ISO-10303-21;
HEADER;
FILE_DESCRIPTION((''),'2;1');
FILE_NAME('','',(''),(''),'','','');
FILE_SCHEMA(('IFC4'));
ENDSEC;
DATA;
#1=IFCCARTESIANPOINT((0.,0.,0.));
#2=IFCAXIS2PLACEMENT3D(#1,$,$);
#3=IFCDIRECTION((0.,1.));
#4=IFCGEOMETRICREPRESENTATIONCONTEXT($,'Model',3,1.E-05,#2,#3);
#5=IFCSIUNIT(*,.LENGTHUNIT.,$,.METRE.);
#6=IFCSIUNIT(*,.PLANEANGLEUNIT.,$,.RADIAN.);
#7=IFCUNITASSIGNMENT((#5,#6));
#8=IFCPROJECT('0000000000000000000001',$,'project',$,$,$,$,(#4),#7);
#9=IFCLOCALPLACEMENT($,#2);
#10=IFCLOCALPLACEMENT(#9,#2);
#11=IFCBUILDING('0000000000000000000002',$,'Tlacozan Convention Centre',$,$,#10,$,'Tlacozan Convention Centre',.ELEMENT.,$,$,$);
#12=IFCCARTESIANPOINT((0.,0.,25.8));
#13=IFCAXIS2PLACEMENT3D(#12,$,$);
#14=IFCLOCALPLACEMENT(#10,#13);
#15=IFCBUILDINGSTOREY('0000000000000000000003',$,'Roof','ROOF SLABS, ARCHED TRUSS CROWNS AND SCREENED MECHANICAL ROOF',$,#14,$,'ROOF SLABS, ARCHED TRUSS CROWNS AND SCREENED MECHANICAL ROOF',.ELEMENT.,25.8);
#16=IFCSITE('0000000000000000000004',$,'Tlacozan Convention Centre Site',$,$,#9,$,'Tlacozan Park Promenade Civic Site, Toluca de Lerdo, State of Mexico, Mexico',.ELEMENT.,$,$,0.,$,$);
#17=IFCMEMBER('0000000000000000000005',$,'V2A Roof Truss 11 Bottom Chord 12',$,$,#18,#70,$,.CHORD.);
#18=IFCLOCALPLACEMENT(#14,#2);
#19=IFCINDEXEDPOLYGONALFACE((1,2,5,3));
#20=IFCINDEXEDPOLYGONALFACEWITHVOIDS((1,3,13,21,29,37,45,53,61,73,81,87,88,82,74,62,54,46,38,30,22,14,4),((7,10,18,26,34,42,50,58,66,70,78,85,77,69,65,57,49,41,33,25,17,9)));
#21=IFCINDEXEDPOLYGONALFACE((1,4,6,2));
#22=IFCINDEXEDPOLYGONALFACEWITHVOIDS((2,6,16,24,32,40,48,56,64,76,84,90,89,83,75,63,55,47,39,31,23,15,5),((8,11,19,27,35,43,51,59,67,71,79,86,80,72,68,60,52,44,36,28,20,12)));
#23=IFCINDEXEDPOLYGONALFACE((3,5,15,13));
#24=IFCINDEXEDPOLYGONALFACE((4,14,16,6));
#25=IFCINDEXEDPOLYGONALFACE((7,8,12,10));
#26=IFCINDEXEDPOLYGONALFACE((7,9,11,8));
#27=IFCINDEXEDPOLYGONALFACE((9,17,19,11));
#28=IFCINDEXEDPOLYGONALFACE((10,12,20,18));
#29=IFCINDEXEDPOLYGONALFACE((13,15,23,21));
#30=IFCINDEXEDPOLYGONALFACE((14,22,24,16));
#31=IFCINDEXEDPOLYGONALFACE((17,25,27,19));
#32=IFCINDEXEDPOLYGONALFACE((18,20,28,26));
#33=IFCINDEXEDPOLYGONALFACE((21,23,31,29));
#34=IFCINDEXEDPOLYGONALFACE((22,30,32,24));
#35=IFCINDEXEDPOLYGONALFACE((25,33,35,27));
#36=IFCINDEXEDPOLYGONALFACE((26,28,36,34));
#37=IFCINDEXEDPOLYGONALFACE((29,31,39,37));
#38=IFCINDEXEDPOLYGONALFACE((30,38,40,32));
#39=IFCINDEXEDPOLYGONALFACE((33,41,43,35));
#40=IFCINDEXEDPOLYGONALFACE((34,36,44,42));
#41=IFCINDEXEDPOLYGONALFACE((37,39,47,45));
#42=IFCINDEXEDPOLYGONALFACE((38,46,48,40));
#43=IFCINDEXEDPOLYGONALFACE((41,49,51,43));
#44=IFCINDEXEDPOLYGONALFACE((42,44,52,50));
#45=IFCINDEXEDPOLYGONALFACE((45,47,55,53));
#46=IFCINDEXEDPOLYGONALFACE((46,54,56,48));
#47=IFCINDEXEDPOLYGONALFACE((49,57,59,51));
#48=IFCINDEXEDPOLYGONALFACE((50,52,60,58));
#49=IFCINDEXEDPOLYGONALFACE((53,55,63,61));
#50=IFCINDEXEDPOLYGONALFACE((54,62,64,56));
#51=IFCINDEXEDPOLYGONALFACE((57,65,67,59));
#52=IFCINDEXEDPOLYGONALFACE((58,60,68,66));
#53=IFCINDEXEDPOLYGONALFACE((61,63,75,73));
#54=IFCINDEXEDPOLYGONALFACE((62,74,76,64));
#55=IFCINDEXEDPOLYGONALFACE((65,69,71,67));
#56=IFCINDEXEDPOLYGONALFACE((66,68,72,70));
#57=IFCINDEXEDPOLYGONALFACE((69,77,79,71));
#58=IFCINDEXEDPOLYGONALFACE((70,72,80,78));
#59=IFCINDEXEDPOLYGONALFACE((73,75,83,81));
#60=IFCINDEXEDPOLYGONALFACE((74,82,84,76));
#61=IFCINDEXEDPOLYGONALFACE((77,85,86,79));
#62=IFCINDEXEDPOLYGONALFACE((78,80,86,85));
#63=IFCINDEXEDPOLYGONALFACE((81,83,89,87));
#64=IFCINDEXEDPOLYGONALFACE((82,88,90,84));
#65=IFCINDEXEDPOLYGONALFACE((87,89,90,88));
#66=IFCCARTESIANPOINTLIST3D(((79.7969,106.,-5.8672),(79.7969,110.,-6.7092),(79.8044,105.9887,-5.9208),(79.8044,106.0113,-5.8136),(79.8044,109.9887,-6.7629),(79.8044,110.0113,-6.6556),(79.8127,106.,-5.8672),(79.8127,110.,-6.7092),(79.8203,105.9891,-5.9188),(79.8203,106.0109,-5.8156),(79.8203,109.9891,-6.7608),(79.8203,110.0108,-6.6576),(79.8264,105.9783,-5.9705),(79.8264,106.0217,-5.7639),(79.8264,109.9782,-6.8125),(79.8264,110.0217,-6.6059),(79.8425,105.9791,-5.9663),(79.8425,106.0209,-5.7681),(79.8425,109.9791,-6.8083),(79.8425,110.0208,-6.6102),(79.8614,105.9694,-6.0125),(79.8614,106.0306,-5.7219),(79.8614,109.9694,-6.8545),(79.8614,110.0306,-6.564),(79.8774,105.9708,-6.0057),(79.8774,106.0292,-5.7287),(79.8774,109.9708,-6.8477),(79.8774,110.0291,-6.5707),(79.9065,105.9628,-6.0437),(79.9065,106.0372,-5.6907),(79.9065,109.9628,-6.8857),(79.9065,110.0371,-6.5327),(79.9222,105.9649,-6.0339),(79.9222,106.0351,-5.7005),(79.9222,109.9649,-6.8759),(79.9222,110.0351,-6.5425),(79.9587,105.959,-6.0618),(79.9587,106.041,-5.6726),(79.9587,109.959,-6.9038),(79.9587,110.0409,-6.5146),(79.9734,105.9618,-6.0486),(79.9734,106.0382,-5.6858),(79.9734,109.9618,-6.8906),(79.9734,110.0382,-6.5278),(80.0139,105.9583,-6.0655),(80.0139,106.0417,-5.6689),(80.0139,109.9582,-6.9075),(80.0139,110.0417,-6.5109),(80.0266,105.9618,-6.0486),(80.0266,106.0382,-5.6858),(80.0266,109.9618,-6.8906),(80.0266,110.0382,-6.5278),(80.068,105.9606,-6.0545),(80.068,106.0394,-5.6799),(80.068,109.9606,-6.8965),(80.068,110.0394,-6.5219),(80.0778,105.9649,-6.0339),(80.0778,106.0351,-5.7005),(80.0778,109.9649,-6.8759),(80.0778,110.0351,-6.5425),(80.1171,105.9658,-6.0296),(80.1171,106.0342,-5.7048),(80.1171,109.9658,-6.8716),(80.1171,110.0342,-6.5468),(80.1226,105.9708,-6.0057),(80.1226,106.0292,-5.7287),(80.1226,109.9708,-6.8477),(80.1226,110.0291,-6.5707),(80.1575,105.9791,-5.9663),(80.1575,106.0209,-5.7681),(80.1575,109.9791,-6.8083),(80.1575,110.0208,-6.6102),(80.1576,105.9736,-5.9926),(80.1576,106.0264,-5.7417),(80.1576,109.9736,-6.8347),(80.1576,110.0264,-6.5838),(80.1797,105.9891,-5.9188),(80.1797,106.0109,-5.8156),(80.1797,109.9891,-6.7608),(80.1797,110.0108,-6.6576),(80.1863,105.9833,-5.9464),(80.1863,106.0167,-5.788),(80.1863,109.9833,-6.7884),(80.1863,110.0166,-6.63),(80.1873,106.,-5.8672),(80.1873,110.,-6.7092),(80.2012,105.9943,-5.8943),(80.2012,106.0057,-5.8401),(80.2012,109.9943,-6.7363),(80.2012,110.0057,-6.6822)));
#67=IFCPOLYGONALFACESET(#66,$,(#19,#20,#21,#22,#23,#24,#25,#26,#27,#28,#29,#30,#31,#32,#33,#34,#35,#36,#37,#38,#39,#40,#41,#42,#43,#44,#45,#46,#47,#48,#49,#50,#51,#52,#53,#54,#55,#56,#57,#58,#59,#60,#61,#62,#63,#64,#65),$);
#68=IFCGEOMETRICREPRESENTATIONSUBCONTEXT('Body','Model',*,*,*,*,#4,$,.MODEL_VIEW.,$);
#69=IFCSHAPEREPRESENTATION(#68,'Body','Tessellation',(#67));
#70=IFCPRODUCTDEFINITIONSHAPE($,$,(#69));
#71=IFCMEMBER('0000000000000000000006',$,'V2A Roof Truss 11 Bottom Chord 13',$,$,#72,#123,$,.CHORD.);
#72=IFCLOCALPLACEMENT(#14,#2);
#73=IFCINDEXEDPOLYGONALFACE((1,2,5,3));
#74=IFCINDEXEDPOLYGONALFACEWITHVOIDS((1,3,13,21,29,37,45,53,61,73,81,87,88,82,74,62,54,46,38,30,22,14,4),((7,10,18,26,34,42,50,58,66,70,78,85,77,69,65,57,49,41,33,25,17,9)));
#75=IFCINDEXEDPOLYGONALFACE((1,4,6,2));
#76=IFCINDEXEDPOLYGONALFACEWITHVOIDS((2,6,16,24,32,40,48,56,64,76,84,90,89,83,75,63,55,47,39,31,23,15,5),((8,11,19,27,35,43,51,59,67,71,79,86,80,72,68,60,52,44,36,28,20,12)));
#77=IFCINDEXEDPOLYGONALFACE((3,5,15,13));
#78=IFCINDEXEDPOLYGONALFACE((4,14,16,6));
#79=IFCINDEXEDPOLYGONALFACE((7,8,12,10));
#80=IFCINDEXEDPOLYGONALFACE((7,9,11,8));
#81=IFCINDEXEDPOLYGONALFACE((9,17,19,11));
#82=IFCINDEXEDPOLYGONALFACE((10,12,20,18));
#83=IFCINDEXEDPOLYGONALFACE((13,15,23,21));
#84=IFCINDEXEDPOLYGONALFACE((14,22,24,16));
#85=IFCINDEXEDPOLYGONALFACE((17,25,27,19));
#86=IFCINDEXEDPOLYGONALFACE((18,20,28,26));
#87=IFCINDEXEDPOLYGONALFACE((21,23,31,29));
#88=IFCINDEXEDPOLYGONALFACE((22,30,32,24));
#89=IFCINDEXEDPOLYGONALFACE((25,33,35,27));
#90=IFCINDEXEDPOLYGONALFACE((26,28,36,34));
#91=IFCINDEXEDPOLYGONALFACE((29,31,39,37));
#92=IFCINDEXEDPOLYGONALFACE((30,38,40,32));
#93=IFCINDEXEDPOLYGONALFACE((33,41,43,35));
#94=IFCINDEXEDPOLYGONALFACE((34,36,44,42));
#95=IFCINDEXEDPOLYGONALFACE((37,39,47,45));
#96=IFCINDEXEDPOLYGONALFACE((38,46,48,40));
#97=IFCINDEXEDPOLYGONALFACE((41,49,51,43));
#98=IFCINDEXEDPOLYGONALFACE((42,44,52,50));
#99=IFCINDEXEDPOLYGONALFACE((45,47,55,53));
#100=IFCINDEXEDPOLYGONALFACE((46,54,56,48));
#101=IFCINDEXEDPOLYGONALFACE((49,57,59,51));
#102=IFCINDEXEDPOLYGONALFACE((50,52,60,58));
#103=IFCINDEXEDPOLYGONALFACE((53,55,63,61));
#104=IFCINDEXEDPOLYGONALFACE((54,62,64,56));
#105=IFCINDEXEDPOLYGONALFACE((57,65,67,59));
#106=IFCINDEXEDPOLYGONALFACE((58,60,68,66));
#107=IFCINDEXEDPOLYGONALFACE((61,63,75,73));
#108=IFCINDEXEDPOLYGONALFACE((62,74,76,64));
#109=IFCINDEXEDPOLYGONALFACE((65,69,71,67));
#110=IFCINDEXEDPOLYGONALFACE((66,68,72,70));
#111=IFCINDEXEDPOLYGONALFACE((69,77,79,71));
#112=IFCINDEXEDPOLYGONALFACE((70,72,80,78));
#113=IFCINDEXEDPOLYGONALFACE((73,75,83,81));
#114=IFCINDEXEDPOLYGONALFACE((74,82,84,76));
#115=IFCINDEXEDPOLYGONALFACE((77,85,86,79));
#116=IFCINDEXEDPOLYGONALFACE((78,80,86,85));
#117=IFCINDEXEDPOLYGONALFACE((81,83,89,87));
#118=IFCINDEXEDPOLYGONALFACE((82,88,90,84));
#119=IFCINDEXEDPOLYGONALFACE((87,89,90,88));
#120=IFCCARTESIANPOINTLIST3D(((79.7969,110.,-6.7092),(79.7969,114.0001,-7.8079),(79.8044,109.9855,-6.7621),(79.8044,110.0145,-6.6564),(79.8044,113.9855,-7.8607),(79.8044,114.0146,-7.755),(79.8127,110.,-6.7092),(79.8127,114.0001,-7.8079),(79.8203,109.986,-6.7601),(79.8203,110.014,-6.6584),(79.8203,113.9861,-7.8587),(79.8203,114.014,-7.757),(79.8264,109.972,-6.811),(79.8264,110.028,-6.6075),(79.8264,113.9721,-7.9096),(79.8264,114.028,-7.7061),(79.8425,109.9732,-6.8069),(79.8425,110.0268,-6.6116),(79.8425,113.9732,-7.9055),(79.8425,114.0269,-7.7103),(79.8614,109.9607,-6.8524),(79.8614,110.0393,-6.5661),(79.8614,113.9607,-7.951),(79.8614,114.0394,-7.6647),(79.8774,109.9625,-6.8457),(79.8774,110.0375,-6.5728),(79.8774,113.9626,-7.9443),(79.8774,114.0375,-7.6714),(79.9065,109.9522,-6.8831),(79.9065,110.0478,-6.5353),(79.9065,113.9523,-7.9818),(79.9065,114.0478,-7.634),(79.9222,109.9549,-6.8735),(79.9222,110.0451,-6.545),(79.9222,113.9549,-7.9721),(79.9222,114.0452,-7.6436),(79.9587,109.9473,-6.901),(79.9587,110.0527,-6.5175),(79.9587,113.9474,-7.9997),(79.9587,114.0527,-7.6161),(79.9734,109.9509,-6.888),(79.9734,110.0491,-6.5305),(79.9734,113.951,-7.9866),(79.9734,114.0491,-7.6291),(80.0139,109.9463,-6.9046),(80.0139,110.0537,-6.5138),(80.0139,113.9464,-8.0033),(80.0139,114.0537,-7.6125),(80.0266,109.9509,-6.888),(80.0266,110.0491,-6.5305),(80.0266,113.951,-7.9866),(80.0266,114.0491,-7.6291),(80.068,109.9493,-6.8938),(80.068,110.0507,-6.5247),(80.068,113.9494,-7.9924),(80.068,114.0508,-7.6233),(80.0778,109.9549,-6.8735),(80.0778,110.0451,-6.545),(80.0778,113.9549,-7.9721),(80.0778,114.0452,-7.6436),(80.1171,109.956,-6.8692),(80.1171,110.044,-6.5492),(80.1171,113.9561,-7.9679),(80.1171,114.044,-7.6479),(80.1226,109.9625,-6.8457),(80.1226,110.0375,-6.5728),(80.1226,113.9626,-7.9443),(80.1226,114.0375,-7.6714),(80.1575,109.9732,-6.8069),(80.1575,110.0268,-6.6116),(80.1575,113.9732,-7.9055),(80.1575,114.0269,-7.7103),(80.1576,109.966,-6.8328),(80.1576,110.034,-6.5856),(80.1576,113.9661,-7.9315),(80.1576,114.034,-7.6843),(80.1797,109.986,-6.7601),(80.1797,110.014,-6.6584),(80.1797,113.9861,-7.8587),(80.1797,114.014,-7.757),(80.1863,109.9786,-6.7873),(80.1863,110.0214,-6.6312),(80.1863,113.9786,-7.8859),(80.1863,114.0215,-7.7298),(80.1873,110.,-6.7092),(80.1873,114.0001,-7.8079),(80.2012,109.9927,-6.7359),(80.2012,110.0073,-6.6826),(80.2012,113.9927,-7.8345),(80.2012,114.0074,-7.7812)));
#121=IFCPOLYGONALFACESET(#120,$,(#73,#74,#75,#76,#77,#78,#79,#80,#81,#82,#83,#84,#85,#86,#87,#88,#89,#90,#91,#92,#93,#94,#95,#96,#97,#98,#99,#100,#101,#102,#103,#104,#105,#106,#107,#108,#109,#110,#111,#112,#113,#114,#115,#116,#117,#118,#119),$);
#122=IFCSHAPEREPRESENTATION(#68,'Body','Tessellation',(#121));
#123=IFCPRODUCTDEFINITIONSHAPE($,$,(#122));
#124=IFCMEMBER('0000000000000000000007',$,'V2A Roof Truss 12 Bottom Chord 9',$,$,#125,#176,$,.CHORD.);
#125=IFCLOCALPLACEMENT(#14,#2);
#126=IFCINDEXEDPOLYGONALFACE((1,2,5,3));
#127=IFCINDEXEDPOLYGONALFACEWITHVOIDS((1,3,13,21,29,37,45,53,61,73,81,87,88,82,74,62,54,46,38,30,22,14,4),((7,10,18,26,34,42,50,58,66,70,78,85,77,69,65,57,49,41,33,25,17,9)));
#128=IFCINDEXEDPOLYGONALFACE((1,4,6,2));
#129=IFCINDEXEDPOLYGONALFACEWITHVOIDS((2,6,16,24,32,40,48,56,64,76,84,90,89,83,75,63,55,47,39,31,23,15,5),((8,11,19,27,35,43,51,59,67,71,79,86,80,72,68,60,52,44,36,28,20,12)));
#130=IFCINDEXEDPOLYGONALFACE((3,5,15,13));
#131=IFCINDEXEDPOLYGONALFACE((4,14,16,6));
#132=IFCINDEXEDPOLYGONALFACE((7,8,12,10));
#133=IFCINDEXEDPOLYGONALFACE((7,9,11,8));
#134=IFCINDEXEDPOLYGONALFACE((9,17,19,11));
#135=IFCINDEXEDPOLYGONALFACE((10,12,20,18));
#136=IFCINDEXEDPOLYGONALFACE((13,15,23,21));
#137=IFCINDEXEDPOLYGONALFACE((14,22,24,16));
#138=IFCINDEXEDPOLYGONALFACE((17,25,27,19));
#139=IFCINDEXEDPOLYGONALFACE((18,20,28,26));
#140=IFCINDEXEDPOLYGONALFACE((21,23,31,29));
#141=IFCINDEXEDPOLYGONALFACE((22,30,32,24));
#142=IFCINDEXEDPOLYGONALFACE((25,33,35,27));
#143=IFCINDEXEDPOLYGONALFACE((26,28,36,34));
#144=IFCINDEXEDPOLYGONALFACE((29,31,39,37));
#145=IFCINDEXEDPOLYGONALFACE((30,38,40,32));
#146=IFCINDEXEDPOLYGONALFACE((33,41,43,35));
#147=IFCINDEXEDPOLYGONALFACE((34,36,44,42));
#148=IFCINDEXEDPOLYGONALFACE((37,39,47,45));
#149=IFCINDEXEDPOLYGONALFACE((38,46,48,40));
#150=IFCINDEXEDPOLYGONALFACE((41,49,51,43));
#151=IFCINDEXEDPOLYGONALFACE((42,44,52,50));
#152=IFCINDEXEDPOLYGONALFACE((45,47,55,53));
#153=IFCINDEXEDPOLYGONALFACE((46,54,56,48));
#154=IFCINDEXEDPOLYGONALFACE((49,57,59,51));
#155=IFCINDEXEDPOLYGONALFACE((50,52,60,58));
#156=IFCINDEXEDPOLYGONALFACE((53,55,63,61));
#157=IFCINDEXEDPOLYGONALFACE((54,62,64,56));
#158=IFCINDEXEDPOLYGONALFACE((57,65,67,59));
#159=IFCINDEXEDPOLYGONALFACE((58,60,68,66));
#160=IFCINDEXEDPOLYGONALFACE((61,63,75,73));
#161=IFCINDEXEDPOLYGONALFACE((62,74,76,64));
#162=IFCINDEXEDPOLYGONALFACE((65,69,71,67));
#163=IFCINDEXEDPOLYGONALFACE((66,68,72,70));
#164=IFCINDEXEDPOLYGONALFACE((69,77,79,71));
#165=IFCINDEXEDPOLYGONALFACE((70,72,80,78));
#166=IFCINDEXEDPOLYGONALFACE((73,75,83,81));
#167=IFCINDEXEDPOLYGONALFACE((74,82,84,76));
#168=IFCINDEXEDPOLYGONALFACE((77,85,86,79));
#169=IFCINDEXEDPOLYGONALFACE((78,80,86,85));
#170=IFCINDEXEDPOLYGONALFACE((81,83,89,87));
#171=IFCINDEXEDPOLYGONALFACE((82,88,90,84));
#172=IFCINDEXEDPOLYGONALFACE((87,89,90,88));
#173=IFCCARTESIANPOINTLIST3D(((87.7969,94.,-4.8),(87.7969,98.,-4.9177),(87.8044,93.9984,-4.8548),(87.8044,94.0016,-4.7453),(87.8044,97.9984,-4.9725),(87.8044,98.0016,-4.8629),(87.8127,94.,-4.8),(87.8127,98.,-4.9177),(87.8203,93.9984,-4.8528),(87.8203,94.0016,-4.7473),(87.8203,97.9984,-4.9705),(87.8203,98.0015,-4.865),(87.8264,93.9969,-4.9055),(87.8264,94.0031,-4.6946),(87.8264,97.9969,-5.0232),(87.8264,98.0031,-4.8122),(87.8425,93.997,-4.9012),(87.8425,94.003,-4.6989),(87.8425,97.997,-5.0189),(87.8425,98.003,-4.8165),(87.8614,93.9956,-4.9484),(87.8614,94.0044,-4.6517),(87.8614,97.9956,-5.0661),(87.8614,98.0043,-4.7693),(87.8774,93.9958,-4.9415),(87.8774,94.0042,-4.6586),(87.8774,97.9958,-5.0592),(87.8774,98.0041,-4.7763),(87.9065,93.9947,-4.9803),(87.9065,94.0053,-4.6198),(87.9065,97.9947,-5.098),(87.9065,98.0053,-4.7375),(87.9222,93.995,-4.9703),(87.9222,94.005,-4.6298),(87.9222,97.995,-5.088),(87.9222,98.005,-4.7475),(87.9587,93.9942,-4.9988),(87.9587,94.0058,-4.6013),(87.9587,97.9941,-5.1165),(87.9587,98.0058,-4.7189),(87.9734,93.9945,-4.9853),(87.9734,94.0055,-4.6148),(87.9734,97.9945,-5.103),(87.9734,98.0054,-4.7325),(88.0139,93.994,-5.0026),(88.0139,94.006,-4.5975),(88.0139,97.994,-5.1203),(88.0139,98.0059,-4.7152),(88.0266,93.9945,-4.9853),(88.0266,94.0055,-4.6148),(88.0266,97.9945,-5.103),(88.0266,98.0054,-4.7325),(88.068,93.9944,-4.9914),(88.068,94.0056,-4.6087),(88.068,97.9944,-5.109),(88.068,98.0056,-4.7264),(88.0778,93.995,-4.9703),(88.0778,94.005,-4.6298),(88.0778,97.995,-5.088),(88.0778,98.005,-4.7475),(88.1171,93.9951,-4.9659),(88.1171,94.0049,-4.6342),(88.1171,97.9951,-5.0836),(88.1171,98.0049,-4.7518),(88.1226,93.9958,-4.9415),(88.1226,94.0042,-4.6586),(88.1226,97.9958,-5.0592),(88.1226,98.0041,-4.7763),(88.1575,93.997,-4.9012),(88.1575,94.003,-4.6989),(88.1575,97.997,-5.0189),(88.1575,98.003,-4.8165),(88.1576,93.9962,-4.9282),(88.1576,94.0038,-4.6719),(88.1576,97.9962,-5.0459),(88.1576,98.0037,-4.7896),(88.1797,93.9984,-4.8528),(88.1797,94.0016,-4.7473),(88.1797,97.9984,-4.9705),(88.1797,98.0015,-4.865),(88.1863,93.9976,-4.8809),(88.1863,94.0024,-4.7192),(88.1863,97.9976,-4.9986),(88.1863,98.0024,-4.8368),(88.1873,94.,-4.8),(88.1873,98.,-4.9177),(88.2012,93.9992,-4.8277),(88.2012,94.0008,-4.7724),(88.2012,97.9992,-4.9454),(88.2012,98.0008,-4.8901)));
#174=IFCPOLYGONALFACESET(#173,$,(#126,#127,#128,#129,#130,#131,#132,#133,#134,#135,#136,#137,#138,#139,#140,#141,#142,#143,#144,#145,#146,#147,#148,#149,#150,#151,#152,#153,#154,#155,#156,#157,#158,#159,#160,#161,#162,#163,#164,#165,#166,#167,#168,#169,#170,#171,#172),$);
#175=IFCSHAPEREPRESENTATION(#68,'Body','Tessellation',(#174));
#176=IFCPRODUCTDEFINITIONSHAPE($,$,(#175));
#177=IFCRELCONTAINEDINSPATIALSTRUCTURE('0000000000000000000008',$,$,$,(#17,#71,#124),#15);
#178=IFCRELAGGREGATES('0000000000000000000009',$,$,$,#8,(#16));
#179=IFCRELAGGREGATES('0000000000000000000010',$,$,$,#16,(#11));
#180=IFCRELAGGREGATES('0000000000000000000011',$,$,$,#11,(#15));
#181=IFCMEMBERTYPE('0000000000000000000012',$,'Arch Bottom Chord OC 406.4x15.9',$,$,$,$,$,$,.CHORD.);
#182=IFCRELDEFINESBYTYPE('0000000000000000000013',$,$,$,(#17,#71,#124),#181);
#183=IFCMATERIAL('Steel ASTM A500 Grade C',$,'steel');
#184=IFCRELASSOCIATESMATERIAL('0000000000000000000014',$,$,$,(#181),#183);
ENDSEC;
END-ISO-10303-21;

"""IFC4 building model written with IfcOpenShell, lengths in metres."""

from ifc_helpers import new_model, si_unit, direction, frame, origin, origin_2d, place, context, subcontext, project, spatial, hollow_circle, extrude, material, material_profile, profile_set, type_object, element, save


model = new_model("IFC4")

# Units and contexts
model_context = context("Model", 3, precision=1e-05, world=origin(), true_north=direction((0.0, 1.0)))
body_context = subcontext(model_context, "Body", "Model", "MODEL_VIEW")
ifc_project = project(units=[si_unit("LENGTHUNIT", "METRE"), si_unit("PLANEANGLEUNIT", "RADIAN")], contexts=[model_context])

# Site, building, storey
site_placement = place(None, origin())
site = spatial("IfcSite", under=ifc_project, at=site_placement, Name="Tlacozan Convention Centre Site", LongName="Tlacozan Park Promenade Civic Site, Toluca de Lerdo, State of Mexico, Mexico", CompositionType="ELEMENT", RefElevation=0.0)
building_placement = place(site_placement, origin())
building = spatial("IfcBuilding", under=site, at=building_placement, Name="Tlacozan Convention Centre", LongName="Tlacozan Convention Centre", CompositionType="ELEMENT")
storey_placement = place(building_placement, frame((0.0, 0.0, 25.8)))
storey = spatial("IfcBuildingStorey", under=building, at=storey_placement, Name="Roof", Description="ROOF SLABS, ARCHED TRUSS CROWNS AND SCREENED MECHANICAL ROOF", LongName="ROOF SLABS, ARCHED TRUSS CROWNS AND SCREENED MECHANICAL ROOF", CompositionType="ELEMENT", Elevation=25.8)

# Members
ifc_material_1 = material(Name="Steel ASTM A500 Grade C", Category="steel")
ifc_material_profile_1 = material_profile(ifc_material_1, hollow_circle(Radius=0.2031, WallThickness=0.0159, at=origin_2d()), Name="OC 406.4x15.9")
ifc_profile_set_1 = profile_set([ifc_material_profile_1], Name="Steel ASTM A500 Grade C")
member_type_1 = type_object("IfcMemberType", Name="Arch Bottom Chord OC 406.4x15.9", PredefinedType="CHORD", material=ifc_profile_set_1)
member_1_placement = place(storey_placement, frame((80.0, 106.0, -5.8672), z_axis=(0.0, 0.978553, -0.205995), x_axis=(-1.0, 0.0, 0.0)))
element("IfcMember", 1, at=member_1_placement, inside=storey, type_object=member_type_1, Name="V2A Roof Truss 11 Bottom Chord 12", PredefinedType="CHORD", context=body_context, shape_type="SweptSolid", body=[
    extrude(hollow_circle(Radius=0.2031, WallThickness=0.0159, at=origin_2d()), origin(), (0.0, 0.0, 1.0), 4.0876),
])
member_2_placement = place(storey_placement, frame((80.0, 110.0, -6.7092), z_axis=(0.0, 0.96429, -0.26485), x_axis=(-1.0, 0.0, 0.0)))
element("IfcMember", 2, at=member_2_placement, inside=storey, type_object=member_type_1, Name="V2A Roof Truss 11 Bottom Chord 13", PredefinedType="CHORD", context=body_context, shape_type="SweptSolid", body=[
    extrude(hollow_circle(Radius=0.2031, WallThickness=0.0159, at=origin_2d()), origin(), (0.0, 0.0, 1.0), 4.1482),
])
member_3_placement = place(storey_placement, frame((88.0, 94.0, -4.8), z_axis=(0.0, 0.999568, -0.029406), x_axis=(-1.0, 0.0, 0.0)))
element("IfcMember", 3, at=member_3_placement, inside=storey, type_object=member_type_1, Name="V2A Roof Truss 12 Bottom Chord 9", PredefinedType="CHORD", context=body_context, shape_type="SweptSolid", body=[
    extrude(hollow_circle(Radius=0.2031, WallThickness=0.0159, at=origin_2d()), origin(), (0.0, 0.0, 1.0), 4.0017),
])

save(model, "model.ifc")
